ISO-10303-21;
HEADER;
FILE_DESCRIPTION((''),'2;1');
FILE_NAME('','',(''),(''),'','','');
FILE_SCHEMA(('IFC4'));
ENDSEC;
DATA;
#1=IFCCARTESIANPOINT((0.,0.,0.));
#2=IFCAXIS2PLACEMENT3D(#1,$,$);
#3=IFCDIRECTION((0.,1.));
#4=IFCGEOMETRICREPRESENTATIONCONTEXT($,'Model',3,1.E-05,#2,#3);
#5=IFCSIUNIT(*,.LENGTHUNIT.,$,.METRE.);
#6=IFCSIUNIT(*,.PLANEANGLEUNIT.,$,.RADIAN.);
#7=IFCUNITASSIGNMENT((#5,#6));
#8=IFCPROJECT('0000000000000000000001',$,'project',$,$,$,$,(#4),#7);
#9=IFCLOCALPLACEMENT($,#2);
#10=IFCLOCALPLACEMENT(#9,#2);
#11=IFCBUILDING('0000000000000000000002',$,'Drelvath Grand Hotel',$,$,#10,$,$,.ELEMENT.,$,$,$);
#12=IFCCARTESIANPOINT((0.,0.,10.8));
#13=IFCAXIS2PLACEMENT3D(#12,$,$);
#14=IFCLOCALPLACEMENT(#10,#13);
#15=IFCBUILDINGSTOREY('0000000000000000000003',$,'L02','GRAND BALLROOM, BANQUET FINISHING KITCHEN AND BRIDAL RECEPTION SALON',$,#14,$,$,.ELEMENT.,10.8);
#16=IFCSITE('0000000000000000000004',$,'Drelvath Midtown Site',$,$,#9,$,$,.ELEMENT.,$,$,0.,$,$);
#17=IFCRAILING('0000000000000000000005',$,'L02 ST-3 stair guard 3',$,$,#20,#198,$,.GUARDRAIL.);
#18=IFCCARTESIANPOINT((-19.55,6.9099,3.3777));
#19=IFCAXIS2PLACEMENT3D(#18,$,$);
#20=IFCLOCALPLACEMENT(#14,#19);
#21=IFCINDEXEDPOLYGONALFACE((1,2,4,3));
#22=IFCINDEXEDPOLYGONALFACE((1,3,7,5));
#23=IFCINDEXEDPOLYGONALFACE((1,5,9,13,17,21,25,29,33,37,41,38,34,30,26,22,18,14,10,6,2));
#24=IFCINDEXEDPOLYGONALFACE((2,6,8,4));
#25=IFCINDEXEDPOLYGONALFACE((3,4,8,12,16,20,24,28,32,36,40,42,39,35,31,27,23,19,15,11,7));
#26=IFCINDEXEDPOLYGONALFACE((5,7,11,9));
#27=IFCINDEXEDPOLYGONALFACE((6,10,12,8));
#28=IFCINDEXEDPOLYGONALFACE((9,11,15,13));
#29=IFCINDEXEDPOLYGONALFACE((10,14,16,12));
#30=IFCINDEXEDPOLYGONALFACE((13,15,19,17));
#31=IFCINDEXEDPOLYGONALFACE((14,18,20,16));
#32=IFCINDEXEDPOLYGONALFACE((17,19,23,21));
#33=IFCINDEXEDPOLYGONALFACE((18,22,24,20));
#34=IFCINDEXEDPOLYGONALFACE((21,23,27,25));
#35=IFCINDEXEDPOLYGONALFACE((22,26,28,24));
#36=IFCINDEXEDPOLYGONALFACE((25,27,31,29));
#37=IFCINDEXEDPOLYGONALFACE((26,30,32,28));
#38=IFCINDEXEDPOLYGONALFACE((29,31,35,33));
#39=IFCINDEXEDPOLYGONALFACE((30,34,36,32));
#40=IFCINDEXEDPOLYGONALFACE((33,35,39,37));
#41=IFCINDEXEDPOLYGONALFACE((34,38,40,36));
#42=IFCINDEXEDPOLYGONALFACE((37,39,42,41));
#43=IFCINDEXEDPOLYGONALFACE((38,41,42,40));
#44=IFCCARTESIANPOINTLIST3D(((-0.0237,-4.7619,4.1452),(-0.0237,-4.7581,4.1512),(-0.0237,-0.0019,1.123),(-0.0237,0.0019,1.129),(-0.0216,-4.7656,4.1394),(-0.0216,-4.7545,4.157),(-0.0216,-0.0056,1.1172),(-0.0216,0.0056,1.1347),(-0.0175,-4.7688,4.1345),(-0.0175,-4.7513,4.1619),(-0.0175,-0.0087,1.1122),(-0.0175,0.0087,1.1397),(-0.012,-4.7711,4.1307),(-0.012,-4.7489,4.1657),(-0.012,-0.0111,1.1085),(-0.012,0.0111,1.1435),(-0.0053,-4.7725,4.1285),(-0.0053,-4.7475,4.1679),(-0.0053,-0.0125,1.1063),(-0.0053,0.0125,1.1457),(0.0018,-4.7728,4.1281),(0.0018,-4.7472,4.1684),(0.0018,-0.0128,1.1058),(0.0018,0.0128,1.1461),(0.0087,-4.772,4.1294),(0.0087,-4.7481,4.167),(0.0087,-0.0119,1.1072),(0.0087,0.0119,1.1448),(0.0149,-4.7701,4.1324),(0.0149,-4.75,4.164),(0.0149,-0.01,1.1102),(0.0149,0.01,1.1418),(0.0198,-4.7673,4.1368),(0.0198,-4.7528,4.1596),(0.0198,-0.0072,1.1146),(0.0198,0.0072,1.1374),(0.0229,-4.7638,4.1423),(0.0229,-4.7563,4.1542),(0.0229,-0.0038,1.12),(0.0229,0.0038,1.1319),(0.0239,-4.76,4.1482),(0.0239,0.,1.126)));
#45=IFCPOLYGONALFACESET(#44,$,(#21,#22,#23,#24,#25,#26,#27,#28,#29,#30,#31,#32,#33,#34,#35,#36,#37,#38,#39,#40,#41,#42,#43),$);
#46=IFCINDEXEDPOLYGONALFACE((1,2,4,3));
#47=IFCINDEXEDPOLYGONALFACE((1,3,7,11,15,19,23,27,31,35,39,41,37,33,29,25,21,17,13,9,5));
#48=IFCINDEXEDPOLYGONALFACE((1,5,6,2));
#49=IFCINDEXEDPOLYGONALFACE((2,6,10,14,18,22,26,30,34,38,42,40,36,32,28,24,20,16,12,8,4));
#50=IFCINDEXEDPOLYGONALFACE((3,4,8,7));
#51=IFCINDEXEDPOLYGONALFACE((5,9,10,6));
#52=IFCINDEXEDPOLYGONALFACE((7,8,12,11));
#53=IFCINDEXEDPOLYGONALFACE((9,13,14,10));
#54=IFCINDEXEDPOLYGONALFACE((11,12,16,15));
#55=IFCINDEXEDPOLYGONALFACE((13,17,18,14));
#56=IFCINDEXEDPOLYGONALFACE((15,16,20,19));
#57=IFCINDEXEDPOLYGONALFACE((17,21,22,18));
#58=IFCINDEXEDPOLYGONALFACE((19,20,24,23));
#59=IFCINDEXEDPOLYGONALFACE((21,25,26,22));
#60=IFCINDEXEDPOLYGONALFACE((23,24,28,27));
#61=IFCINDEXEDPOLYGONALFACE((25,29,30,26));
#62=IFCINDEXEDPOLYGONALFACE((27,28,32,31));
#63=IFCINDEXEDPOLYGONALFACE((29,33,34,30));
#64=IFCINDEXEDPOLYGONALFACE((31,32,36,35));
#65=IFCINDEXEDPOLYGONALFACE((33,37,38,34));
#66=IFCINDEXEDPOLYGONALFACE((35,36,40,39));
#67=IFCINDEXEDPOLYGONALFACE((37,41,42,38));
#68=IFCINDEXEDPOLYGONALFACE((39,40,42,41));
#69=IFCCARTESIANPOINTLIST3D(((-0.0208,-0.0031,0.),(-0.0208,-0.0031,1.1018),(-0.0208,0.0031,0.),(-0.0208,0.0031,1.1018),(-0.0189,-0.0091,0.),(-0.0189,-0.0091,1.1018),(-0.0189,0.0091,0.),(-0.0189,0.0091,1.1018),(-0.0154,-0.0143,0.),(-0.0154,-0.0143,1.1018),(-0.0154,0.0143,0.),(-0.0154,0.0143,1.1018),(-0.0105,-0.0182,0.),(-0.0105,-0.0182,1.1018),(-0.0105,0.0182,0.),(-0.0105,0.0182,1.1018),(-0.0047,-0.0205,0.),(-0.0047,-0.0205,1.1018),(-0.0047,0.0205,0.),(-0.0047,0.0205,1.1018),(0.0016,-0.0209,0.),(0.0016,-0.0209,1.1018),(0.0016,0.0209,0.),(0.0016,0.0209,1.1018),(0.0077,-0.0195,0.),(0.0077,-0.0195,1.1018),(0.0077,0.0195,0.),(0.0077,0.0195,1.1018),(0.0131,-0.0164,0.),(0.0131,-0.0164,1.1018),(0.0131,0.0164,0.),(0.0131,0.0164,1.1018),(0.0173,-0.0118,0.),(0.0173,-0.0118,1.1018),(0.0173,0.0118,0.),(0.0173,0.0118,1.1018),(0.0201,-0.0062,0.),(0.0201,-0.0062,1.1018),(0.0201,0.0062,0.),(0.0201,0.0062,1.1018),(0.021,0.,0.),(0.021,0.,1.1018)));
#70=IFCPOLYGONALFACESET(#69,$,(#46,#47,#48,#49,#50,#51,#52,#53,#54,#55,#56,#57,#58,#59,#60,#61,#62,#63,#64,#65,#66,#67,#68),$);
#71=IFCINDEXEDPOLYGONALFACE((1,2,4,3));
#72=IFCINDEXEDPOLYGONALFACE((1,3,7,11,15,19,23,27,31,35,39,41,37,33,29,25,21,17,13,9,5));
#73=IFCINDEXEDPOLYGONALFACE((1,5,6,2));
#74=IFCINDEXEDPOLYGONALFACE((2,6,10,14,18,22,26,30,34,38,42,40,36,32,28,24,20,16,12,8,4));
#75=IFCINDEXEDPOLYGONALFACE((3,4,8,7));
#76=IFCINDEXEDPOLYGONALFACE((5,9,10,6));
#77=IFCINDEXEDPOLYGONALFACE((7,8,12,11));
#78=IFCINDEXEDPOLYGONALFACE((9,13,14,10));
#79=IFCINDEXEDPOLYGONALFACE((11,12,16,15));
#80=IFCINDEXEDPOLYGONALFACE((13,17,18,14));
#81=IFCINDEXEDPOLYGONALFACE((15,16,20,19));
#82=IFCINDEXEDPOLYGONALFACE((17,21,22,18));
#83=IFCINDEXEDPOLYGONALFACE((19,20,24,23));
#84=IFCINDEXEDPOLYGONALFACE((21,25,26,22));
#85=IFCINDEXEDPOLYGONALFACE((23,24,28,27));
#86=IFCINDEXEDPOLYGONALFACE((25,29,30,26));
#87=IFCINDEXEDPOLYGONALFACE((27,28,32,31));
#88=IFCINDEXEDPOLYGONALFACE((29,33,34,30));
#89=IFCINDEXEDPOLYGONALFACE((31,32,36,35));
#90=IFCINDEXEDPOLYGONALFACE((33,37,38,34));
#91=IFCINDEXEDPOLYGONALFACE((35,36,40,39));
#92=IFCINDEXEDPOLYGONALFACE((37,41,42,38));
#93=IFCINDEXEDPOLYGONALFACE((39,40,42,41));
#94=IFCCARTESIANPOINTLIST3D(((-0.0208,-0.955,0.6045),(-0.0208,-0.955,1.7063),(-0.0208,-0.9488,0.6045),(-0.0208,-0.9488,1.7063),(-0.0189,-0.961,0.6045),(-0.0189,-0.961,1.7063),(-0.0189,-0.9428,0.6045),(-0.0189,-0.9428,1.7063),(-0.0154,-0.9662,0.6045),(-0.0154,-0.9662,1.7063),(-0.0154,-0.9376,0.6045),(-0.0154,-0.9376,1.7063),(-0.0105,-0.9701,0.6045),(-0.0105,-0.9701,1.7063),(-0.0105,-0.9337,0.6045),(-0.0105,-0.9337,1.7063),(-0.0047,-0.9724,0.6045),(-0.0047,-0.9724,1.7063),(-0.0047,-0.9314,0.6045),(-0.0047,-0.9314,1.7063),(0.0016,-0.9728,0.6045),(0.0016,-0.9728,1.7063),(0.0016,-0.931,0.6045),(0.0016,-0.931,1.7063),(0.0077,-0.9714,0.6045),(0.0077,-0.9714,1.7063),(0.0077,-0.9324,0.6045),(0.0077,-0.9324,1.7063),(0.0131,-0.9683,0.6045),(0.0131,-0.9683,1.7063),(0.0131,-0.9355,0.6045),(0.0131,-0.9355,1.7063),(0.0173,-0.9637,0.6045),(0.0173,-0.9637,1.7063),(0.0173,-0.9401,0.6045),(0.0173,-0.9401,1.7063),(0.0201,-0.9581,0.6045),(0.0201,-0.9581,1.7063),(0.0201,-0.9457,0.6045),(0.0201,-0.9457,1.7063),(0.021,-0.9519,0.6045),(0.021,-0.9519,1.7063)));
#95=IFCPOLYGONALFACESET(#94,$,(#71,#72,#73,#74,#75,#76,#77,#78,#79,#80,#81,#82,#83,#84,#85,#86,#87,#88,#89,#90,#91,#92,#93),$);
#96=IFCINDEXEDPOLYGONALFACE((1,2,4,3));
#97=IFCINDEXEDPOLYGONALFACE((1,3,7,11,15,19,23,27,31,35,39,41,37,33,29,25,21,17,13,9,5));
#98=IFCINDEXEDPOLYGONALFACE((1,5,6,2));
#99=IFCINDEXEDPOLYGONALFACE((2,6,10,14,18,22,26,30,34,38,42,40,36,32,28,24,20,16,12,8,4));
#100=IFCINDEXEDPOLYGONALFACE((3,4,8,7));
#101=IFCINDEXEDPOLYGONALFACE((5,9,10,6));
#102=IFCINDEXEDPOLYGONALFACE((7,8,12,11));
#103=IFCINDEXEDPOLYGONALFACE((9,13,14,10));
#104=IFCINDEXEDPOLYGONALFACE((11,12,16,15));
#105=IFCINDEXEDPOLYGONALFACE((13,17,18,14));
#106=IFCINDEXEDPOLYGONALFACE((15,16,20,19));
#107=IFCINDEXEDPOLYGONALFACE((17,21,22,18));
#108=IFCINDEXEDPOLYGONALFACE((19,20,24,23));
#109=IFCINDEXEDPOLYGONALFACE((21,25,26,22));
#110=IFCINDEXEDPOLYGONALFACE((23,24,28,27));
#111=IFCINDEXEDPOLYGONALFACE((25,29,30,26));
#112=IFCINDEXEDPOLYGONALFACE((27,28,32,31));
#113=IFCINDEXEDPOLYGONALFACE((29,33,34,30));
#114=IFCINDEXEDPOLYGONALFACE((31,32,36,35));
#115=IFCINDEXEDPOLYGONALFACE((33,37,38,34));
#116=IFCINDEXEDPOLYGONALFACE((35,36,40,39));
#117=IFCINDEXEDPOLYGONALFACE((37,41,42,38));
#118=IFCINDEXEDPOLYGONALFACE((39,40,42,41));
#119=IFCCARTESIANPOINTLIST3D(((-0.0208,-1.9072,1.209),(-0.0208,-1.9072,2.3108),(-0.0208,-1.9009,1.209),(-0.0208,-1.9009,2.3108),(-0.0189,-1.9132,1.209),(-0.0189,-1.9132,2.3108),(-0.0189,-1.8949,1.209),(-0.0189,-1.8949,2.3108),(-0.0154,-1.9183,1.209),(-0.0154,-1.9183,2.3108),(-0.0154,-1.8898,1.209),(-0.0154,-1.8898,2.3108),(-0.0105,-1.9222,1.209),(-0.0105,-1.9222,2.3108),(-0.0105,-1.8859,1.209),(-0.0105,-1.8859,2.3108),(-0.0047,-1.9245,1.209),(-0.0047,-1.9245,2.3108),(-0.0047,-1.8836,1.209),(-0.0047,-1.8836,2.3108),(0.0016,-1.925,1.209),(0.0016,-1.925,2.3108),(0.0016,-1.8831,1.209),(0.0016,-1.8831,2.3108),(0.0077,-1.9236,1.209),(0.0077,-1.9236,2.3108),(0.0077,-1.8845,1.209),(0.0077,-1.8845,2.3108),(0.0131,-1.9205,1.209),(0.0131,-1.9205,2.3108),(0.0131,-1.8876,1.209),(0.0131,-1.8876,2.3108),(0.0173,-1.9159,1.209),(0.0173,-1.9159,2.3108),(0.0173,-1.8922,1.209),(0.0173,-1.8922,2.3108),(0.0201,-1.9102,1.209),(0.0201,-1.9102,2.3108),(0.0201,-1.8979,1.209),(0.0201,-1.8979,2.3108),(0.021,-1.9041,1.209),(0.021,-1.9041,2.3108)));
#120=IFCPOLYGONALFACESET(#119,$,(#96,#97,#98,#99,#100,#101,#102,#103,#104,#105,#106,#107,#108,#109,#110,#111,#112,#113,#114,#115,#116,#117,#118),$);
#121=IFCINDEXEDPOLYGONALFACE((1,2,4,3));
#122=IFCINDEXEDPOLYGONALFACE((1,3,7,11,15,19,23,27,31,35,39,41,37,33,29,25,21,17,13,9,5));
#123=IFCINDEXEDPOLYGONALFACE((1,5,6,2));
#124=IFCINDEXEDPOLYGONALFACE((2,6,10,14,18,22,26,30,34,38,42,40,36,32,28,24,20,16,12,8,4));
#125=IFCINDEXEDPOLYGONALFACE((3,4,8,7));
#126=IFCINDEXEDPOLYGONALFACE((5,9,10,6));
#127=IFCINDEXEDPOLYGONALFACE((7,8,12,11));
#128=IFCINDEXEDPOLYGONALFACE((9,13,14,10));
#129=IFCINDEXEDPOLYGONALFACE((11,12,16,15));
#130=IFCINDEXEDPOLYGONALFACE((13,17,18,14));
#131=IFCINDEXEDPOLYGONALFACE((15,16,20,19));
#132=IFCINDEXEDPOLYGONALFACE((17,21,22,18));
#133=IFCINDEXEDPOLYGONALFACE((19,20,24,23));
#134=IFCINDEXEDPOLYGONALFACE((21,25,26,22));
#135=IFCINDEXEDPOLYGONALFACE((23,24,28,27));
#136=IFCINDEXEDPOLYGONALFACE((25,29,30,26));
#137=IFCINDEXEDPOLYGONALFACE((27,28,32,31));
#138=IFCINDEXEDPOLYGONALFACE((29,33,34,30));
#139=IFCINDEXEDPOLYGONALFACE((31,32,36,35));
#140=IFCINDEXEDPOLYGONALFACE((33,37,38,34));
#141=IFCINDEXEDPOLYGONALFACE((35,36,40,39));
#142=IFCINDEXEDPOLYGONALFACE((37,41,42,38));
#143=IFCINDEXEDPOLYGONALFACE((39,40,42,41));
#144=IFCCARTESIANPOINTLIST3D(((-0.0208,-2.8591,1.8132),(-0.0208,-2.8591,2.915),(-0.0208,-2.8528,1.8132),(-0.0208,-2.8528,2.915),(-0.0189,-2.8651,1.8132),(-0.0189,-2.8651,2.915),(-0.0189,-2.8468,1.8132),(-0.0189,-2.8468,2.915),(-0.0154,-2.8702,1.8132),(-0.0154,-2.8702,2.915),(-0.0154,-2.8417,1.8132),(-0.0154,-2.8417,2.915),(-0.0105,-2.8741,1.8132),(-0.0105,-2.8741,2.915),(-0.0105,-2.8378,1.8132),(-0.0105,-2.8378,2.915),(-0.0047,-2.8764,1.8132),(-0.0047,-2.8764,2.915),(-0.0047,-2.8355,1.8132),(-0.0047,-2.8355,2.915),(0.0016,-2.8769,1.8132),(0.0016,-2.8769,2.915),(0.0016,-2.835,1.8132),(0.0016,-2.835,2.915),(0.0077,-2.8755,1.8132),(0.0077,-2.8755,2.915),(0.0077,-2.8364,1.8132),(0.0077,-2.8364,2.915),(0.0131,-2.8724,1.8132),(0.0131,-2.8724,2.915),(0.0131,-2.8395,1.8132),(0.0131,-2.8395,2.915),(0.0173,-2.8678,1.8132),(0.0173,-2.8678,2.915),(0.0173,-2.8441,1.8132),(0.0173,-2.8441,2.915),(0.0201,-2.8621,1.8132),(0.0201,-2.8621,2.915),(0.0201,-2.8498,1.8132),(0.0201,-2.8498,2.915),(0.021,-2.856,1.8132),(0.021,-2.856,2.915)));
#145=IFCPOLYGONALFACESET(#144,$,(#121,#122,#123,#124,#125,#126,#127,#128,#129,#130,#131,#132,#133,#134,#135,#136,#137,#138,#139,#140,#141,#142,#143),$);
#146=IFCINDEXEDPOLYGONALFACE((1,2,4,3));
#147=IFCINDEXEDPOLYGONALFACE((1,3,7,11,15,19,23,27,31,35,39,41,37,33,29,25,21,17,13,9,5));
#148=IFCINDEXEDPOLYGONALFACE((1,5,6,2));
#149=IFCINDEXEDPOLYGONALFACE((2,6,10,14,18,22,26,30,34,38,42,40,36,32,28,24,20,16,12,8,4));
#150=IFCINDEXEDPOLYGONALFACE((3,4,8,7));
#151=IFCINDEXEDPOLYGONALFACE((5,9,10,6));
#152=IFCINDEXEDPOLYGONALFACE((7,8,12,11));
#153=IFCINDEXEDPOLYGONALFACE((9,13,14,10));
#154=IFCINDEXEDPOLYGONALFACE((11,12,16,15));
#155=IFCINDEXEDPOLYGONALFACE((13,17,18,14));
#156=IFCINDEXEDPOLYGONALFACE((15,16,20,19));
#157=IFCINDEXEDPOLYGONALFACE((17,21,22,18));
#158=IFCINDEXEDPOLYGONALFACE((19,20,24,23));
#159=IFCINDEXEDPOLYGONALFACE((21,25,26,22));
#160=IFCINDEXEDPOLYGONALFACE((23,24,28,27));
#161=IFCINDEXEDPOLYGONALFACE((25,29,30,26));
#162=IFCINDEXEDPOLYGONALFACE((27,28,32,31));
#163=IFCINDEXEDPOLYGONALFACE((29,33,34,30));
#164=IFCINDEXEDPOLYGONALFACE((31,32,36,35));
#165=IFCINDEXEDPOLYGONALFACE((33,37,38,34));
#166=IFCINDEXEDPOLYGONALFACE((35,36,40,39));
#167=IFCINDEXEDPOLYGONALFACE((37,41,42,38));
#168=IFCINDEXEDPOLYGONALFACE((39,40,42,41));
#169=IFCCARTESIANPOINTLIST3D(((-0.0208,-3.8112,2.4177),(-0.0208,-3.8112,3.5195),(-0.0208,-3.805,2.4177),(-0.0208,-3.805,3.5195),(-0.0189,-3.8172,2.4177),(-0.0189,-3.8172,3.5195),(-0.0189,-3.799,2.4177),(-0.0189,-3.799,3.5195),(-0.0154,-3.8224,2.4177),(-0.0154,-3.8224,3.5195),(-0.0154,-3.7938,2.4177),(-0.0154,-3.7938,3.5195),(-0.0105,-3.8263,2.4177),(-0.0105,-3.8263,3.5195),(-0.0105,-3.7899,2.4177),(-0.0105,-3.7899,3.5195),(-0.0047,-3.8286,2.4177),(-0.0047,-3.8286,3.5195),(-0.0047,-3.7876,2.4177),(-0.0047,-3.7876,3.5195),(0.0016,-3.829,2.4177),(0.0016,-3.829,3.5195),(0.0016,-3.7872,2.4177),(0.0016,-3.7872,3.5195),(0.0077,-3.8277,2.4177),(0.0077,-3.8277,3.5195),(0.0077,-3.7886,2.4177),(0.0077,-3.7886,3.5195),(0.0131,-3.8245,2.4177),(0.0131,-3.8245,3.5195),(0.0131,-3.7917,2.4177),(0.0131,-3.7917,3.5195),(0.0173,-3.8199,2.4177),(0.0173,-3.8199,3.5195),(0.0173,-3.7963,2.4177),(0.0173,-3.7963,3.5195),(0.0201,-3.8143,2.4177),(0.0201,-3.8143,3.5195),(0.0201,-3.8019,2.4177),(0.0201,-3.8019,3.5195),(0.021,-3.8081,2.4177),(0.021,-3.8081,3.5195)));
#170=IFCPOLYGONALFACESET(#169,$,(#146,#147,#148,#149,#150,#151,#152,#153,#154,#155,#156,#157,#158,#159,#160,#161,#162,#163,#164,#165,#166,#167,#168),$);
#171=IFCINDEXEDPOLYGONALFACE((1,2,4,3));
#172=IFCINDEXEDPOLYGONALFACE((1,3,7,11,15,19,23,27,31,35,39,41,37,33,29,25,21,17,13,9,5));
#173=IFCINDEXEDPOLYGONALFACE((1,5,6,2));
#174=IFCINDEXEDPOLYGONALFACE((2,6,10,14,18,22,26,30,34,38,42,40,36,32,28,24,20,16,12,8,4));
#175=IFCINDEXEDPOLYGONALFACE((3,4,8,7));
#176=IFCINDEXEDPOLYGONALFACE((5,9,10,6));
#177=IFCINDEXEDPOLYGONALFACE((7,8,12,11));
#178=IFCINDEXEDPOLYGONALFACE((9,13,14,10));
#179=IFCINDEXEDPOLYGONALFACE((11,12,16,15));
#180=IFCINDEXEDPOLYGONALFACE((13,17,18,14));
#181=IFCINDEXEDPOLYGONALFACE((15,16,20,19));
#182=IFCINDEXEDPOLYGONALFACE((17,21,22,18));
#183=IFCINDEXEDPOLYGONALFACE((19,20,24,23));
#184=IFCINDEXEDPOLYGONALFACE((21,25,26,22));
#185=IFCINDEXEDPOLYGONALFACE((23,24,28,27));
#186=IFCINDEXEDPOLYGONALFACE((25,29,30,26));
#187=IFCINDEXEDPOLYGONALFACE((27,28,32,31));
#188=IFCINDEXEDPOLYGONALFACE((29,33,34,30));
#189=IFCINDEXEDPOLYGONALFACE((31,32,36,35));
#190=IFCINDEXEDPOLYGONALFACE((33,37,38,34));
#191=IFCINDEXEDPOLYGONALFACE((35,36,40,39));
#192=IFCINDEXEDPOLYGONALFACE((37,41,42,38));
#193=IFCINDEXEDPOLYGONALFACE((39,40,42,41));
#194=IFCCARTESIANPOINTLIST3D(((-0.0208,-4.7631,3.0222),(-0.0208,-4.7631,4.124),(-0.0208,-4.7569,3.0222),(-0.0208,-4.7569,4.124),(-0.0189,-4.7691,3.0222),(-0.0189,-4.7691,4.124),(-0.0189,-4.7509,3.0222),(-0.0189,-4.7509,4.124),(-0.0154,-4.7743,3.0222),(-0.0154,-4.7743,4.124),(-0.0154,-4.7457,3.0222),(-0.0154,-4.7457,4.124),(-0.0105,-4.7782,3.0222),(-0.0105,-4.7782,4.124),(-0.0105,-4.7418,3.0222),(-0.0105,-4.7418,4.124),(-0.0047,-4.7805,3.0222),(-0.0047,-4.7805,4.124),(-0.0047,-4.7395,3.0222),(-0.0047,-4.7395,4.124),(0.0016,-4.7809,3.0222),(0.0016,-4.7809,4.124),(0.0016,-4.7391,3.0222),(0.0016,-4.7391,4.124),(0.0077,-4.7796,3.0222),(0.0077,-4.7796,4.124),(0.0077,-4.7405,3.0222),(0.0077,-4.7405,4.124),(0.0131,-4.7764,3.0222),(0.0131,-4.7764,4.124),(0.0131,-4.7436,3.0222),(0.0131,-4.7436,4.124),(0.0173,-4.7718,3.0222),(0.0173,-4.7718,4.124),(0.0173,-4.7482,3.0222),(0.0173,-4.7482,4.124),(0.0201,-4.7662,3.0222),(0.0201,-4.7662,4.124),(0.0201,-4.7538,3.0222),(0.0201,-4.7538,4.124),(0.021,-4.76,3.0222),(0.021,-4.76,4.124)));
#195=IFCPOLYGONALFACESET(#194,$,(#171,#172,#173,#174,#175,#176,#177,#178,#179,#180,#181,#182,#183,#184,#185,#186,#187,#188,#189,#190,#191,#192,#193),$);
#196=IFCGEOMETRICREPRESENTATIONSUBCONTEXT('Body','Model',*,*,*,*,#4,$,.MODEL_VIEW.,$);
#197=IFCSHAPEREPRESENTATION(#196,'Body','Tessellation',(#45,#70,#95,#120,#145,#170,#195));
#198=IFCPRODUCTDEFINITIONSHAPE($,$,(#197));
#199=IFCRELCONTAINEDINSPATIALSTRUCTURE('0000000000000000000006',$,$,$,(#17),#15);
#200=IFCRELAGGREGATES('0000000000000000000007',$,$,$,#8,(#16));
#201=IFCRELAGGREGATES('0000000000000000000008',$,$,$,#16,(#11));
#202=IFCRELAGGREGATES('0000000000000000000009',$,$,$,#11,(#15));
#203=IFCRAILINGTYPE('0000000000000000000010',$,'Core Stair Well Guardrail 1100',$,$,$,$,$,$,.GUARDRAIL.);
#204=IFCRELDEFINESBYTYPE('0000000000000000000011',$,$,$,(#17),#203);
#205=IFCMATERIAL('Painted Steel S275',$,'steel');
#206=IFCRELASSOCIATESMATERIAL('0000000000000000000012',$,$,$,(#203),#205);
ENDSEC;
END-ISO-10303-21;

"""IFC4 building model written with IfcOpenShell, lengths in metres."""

from ifc_helpers import new_model, si_unit, direction, frame, origin, origin_2d, place, context, subcontext, project, spatial, circle, extrude, material, type_object, element, save


model = new_model("IFC4")

# Units and contexts
model_context = context("Model", 3, precision=1e-05, world=origin(), true_north=direction((0.0, 1.0)))
body_context = subcontext(model_context, "Body", "Model", "MODEL_VIEW")
ifc_project = project(units=[si_unit("LENGTHUNIT", "METRE"), si_unit("PLANEANGLEUNIT", "RADIAN")], contexts=[model_context])

# Site, building, storey
site_placement = place(None, origin())
site = spatial("IfcSite", under=ifc_project, at=site_placement, Name="Drelvath Midtown Site", CompositionType="ELEMENT", RefElevation=0.0)
building_placement = place(site_placement, origin())
building = spatial("IfcBuilding", under=site, at=building_placement, Name="Drelvath Grand Hotel", CompositionType="ELEMENT")
storey_placement = place(building_placement, frame((0.0, 0.0, 10.8)))
storey = spatial("IfcBuildingStorey", under=building, at=storey_placement, Name="L02", Description="GRAND BALLROOM, BANQUET FINISHING KITCHEN AND BRIDAL RECEPTION SALON", CompositionType="ELEMENT", Elevation=10.8)

# Railing
ifc_material_1 = material(Name="Painted Steel S275", Category="steel")
railing_type_1 = type_object("IfcRailingType", Name="Core Stair Well Guardrail 1100", PredefinedType="GUARDRAIL", material=ifc_material_1)
railing_1_placement = place(storey_placement, frame((-19.55, 6.9099, 3.3777)))
element("IfcRailing", 1, at=railing_1_placement, inside=storey, type_object=railing_type_1, Name="L02 ST-3 stair guard 3", PredefinedType="GUARDRAIL", context=body_context, shape_type="SweptSolid", body=[
    extrude(circle(Radius=0.0239, at=origin_2d()), frame((0.0, 0.0, 1.126), z_axis=(0.0, -0.844214, 0.536007), x_axis=(1.0, 0.0, 0.0)), (0.0, 0.0, 1.0), 5.6384),
    extrude(circle(Radius=0.021, at=origin_2d()), origin(), (0.0, 0.0, 1.0), 1.1018),
    extrude(circle(Radius=0.021, at=origin_2d()), frame((0.0, -0.9519, 0.6045)), (0.0, 0.0, 1.0), 1.1018),
    extrude(circle(Radius=0.021, at=origin_2d()), frame((0.0, -1.9041, 1.209)), (0.0, 0.0, 1.0), 1.1018),
    extrude(circle(Radius=0.021, at=origin_2d()), frame((0.0, -2.856, 1.8132)), (0.0, 0.0, 1.0), 1.1018),
    extrude(circle(Radius=0.021, at=origin_2d()), frame((0.0, -3.8081, 2.4177)), (0.0, 0.0, 1.0), 1.1018),
    extrude(circle(Radius=0.021, at=origin_2d()), frame((0.0, -4.76, 3.0222)), (0.0, 0.0, 1.0), 1.1018),
])

save(model, "model.ifc")
